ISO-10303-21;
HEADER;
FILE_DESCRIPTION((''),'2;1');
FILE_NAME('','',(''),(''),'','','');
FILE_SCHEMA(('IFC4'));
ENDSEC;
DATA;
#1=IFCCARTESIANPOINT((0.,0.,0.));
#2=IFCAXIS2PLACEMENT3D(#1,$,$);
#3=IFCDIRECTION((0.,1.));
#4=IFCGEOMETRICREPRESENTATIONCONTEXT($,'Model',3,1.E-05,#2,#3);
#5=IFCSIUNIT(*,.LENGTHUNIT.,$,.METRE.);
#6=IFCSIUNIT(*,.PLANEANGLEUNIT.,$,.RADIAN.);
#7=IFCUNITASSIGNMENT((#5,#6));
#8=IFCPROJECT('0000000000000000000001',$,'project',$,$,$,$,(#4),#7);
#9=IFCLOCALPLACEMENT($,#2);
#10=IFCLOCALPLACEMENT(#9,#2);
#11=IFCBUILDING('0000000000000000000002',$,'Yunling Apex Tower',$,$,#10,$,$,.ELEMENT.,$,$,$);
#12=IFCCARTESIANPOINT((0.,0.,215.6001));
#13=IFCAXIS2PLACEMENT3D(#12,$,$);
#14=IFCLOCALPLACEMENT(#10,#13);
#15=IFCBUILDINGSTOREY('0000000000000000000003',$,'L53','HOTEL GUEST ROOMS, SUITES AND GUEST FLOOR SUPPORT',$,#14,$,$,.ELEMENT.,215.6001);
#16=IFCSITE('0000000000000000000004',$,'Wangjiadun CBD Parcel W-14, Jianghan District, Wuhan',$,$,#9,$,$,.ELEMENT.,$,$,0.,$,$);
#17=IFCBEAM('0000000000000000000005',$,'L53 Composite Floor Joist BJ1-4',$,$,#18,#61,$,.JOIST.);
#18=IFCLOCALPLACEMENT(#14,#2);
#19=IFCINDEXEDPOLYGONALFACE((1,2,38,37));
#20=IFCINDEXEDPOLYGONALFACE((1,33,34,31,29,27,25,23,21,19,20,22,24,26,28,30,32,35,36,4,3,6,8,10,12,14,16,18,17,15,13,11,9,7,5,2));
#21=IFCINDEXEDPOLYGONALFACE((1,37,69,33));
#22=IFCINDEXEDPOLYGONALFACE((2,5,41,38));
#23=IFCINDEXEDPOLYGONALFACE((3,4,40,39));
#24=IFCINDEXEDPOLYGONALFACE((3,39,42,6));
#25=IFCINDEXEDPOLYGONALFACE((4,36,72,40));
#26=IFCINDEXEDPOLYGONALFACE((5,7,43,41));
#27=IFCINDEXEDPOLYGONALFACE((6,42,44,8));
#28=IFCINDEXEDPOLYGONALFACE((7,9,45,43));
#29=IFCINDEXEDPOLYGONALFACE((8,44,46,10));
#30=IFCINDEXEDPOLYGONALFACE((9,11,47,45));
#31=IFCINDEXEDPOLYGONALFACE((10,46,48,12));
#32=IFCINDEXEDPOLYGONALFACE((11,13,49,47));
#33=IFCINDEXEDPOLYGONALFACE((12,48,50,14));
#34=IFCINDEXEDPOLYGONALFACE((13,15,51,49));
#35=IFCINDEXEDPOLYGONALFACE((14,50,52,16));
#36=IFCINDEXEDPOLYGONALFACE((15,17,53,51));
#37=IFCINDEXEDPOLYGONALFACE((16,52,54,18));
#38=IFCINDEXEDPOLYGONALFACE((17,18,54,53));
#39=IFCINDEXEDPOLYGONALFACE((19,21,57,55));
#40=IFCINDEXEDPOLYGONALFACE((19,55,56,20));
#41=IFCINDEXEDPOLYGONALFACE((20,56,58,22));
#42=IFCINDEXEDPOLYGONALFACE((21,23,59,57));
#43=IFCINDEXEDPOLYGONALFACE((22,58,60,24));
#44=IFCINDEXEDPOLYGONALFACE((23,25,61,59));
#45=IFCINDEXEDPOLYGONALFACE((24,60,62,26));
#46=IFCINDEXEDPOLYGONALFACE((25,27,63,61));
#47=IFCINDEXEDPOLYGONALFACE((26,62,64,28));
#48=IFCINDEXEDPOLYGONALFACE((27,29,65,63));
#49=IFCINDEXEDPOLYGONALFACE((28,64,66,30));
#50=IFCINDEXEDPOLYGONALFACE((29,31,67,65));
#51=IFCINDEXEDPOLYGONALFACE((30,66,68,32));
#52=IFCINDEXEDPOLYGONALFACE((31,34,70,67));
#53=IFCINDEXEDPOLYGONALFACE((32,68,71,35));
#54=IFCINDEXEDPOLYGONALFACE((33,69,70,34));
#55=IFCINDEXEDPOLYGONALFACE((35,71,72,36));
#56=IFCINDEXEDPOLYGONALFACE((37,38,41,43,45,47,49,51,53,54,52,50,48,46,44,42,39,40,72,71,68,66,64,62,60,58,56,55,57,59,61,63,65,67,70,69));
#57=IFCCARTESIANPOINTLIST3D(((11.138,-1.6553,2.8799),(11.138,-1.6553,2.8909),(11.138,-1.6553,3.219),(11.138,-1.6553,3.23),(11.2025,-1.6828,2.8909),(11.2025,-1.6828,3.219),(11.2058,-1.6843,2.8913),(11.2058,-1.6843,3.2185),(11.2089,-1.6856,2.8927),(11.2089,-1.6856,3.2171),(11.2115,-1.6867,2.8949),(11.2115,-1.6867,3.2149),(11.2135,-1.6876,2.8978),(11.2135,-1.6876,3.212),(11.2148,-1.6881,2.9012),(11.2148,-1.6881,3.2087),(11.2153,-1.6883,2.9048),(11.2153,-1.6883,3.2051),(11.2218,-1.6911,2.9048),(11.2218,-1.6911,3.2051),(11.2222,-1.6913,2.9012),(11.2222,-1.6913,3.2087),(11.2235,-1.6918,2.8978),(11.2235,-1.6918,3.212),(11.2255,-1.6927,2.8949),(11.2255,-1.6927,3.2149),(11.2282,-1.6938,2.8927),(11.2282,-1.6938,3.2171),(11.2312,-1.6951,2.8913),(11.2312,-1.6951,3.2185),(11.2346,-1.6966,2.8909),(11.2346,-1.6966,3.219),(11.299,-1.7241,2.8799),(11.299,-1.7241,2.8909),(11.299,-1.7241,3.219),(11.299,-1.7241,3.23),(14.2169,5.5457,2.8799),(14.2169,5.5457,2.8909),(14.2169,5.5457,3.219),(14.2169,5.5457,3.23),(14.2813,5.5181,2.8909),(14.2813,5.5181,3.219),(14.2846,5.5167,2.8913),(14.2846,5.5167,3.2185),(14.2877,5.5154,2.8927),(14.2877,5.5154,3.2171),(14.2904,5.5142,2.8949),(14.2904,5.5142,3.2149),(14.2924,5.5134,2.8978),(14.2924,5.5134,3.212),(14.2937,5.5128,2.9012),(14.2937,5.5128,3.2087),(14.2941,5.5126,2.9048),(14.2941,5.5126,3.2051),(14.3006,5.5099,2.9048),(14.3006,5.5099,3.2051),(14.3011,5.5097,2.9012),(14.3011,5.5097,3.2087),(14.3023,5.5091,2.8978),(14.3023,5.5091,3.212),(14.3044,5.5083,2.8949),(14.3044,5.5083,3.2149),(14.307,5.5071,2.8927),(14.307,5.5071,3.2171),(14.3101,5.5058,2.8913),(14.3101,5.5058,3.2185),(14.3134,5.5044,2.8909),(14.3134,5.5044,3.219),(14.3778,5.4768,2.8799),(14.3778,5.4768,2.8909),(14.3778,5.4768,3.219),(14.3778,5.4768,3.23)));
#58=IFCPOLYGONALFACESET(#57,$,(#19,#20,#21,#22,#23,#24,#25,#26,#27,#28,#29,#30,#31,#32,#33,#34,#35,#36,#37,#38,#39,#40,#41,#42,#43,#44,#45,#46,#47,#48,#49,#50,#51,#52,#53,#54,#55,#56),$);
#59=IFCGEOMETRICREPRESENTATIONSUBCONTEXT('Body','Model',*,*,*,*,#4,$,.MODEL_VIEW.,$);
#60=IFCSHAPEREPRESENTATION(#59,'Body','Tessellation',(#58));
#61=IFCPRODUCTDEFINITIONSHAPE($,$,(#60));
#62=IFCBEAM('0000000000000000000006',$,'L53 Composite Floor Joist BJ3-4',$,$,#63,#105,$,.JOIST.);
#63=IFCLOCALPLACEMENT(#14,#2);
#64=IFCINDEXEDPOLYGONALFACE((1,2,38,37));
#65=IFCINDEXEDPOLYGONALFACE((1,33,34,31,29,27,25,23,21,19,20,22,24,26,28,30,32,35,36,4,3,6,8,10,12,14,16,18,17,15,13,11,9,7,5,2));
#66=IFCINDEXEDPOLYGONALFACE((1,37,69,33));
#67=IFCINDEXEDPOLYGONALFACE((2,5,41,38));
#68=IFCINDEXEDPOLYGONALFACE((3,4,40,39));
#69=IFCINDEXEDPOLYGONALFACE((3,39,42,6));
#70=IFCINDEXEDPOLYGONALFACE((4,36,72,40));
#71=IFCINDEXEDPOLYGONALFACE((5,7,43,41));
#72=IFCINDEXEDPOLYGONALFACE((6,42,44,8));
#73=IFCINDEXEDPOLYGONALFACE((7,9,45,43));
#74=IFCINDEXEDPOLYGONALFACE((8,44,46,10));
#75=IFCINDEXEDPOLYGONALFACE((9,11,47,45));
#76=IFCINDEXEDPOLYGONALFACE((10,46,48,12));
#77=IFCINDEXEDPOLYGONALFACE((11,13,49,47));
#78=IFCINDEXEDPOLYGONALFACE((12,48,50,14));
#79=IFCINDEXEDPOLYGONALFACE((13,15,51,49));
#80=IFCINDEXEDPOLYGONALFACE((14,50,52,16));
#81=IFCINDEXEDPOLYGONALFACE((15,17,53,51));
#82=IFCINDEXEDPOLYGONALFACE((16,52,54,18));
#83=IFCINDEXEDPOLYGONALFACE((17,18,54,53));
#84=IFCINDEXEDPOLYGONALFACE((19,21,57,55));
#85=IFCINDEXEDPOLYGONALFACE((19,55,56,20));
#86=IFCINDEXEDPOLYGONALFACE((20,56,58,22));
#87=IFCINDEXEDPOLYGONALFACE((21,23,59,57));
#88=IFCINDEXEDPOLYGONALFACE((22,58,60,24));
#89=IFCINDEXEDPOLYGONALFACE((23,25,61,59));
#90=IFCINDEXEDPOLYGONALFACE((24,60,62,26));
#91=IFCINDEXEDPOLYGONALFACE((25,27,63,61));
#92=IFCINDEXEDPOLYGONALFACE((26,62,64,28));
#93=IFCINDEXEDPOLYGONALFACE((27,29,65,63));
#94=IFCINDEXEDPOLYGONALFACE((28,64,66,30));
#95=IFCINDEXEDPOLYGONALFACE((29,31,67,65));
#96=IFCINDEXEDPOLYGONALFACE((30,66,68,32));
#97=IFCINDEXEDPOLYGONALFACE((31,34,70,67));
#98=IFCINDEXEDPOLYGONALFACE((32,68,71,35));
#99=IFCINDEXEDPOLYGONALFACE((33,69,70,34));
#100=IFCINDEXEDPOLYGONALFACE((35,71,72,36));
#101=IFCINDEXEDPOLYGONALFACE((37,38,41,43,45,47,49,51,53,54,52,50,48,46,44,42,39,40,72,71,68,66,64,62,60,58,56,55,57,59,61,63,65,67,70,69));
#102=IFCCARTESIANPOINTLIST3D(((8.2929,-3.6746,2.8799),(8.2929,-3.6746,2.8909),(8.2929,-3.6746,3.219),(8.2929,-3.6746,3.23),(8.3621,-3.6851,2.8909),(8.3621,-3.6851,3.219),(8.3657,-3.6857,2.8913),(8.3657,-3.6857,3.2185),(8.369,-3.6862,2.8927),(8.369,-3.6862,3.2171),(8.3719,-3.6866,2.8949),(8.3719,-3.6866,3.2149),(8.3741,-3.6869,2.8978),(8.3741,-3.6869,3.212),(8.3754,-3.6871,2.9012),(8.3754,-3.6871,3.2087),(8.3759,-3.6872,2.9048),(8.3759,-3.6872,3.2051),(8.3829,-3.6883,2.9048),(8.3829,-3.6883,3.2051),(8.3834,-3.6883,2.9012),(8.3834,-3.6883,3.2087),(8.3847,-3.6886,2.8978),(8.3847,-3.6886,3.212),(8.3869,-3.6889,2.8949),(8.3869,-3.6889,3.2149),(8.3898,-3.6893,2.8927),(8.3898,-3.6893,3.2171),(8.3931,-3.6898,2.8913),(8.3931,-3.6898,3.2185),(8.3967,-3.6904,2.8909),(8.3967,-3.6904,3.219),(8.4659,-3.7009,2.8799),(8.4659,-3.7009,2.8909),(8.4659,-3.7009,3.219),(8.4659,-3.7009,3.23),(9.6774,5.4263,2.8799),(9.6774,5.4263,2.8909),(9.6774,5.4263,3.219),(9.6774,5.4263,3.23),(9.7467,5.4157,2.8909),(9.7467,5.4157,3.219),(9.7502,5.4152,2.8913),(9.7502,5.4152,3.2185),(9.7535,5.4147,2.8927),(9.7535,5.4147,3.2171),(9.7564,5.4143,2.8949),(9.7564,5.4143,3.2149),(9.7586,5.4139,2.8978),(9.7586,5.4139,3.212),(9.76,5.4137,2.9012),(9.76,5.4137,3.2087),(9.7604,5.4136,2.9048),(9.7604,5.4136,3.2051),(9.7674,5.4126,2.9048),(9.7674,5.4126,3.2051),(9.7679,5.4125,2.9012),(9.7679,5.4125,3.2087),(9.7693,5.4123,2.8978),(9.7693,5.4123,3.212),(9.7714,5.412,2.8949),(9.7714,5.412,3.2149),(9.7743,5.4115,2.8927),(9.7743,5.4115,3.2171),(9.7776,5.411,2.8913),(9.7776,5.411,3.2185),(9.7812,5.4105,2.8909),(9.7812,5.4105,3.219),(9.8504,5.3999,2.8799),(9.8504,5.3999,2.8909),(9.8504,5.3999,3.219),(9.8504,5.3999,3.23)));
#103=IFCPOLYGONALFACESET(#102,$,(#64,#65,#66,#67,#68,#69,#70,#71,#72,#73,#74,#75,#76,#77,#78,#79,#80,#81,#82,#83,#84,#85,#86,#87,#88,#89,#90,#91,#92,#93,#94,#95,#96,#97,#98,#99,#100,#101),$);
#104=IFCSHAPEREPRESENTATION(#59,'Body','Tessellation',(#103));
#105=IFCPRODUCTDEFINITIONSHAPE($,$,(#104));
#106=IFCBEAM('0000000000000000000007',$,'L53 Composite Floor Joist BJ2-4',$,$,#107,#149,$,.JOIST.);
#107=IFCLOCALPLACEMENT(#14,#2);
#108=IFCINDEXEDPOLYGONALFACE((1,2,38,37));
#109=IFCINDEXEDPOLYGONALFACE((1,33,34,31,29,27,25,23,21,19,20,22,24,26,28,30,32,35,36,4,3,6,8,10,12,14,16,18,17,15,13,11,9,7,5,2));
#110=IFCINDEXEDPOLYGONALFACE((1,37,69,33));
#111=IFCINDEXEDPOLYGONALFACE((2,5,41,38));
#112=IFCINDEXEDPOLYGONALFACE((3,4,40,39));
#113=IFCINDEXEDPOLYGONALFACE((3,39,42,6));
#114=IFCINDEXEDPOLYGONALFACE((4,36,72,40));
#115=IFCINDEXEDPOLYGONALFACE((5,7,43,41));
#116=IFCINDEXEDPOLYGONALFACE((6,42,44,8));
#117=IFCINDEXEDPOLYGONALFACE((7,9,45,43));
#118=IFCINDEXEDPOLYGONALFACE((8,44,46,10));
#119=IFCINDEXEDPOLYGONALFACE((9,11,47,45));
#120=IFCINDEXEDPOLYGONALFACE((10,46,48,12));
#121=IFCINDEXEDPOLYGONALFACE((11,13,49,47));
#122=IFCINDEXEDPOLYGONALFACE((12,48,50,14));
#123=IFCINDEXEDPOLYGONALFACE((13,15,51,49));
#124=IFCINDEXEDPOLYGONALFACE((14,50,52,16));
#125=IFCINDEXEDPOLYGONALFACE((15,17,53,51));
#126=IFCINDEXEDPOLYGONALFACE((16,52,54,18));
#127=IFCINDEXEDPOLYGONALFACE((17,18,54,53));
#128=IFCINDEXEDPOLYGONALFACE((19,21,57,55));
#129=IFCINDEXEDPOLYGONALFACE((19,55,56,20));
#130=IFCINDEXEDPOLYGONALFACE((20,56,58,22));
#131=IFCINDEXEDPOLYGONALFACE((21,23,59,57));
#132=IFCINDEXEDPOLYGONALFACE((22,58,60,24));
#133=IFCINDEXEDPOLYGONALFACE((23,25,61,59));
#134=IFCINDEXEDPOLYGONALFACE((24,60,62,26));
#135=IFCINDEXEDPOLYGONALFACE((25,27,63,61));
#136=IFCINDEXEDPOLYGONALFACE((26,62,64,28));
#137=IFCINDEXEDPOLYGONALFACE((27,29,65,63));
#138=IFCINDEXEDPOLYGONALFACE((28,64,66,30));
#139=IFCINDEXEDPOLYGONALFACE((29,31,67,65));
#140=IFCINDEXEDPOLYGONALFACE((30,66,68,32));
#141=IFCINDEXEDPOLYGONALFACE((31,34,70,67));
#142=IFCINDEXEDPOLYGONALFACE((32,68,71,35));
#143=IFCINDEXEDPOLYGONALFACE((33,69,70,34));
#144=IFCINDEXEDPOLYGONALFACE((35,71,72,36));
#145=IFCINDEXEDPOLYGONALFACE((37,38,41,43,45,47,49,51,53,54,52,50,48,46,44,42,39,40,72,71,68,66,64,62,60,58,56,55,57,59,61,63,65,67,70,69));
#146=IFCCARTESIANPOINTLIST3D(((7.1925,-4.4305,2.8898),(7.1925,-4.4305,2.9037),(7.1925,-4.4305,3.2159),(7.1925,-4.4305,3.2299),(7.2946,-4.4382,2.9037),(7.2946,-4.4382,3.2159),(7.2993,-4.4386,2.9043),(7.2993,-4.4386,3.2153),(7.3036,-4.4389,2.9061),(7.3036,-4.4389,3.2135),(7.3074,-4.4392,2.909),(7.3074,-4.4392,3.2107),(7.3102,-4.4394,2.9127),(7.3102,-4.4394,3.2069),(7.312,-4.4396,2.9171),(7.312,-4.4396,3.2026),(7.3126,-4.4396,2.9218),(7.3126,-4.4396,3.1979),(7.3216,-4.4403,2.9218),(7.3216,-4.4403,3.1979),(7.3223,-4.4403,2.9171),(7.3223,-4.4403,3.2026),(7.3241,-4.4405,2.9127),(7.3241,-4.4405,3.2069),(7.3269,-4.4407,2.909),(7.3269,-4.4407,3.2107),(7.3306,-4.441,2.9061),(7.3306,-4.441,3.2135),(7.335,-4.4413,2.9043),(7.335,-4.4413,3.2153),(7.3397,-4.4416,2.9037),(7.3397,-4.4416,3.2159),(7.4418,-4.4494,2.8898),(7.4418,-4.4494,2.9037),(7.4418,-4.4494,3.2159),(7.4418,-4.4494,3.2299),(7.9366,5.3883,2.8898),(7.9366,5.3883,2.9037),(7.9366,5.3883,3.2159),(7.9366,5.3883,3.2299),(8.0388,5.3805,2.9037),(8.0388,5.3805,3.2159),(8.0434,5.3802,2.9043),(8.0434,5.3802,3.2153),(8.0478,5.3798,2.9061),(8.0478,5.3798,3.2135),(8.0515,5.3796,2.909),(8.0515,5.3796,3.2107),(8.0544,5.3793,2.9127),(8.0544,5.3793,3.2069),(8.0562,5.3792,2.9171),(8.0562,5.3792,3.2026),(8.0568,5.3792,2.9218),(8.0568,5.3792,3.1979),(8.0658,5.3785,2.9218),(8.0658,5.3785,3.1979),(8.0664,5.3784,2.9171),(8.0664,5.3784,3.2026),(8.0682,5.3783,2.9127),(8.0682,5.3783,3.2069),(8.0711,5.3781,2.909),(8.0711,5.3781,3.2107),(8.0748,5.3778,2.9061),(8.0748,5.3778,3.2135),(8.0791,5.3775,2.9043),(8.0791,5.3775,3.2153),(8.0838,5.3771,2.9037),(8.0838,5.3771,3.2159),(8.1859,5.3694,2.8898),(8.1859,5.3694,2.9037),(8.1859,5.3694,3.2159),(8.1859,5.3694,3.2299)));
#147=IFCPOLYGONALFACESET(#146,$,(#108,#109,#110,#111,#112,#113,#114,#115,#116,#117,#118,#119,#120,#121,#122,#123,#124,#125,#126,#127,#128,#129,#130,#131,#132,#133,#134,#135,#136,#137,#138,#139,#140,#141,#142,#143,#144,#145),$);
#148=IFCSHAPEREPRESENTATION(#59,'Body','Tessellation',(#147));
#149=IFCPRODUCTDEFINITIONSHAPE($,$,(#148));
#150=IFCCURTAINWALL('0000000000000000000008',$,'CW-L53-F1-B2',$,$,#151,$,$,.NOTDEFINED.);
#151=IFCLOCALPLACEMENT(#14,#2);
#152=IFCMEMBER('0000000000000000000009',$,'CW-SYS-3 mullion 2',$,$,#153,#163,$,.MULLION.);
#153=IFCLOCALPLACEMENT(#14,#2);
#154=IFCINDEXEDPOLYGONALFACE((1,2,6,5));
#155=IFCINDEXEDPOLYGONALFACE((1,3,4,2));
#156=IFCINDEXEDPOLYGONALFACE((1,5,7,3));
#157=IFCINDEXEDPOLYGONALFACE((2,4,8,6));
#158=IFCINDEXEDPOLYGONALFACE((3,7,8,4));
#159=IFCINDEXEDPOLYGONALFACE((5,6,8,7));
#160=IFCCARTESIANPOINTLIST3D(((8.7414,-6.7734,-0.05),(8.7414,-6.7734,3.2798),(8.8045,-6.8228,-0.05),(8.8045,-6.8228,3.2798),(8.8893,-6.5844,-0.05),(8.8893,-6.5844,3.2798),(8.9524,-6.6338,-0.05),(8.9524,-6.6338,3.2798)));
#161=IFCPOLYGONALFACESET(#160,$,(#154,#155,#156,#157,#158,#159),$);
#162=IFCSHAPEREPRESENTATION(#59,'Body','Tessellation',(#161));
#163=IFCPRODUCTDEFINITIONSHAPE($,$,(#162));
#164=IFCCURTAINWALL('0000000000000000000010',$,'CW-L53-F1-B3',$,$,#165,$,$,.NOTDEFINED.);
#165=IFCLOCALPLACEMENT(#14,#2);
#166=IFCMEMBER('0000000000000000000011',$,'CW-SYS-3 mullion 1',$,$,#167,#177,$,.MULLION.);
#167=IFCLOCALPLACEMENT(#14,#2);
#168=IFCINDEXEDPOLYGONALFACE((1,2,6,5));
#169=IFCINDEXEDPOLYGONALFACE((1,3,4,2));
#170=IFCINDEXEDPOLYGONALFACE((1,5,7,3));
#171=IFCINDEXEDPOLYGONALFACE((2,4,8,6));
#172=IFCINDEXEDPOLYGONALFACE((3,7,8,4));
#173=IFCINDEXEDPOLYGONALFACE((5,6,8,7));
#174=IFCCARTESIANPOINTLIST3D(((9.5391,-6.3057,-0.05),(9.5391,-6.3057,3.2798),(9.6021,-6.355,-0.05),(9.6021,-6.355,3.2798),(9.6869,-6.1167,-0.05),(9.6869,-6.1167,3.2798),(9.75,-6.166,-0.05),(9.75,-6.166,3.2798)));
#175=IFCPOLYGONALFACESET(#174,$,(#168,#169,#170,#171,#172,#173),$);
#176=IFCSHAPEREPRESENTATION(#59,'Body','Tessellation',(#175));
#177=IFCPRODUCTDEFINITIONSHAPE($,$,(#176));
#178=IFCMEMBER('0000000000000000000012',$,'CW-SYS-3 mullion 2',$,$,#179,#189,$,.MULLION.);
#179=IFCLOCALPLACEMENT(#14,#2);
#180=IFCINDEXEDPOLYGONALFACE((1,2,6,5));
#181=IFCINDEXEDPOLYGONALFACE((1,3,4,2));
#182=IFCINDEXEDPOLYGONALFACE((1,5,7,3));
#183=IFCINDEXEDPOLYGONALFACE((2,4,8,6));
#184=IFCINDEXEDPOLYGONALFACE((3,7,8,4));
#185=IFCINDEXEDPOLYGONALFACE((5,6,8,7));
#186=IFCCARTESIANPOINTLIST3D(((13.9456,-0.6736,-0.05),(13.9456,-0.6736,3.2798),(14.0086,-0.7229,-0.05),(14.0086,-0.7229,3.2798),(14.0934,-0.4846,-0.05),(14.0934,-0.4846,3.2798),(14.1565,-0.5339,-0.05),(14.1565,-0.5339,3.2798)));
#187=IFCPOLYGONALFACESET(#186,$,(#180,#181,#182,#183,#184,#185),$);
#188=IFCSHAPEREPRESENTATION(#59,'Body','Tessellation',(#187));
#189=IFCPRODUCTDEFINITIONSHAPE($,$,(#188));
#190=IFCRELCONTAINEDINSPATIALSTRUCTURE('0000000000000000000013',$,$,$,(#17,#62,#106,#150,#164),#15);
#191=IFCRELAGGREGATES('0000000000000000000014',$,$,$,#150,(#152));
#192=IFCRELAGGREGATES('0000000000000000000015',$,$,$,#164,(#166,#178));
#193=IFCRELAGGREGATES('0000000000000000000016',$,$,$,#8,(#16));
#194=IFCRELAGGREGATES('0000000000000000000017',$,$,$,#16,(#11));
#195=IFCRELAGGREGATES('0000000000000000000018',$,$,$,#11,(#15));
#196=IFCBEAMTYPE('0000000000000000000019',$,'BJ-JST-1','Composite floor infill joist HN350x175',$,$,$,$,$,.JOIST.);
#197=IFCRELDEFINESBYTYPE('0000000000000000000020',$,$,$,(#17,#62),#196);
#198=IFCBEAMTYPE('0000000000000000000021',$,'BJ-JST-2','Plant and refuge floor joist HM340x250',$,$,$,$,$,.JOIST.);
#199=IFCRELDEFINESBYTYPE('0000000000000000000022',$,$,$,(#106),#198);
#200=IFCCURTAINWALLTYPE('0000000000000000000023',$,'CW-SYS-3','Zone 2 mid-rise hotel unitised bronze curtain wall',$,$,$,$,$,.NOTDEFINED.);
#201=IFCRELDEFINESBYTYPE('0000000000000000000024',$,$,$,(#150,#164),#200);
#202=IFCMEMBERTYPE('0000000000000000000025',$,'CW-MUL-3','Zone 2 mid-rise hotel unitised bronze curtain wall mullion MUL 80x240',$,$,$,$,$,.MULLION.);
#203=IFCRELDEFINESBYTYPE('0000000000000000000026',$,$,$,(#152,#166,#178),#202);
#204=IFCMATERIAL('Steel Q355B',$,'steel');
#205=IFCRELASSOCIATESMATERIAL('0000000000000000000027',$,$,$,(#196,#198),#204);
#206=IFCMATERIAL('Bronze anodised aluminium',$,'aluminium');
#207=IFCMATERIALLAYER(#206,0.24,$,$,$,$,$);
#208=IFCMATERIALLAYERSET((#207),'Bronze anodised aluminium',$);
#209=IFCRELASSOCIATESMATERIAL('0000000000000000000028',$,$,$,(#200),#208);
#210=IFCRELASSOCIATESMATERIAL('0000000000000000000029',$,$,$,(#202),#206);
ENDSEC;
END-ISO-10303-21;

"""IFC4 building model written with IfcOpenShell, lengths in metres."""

from ifc_helpers import new_model, si_unit, direction, frame, origin, origin_2d, place, context, subcontext, project, spatial, rectangle, i_section, extrude, source, transform, mapped, material, layer, layer_set, material_profile, profile_set, type_object, element, aggregate, save


model = new_model("IFC4")

# Units and contexts
model_context = context("Model", 3, precision=1e-05, world=origin(), true_north=direction((0.0, 1.0)))
body_context = subcontext(model_context, "Body", "Model", "MODEL_VIEW")
ifc_project = project(units=[si_unit("LENGTHUNIT", "METRE"), si_unit("PLANEANGLEUNIT", "RADIAN")], contexts=[model_context])

# Site, building, storey
site_placement = place(None, origin())
site = spatial("IfcSite", under=ifc_project, at=site_placement, Name="Wangjiadun CBD Parcel W-14, Jianghan District, Wuhan", CompositionType="ELEMENT", RefElevation=0.0)
building_placement = place(site_placement, origin())
building = spatial("IfcBuilding", under=site, at=building_placement, Name="Yunling Apex Tower", CompositionType="ELEMENT")
storey_placement = place(building_placement, frame((0.0, 0.0, 215.6001)))
storey = spatial("IfcBuildingStorey", under=building, at=storey_placement, Name="L53", Description="HOTEL GUEST ROOMS, SUITES AND GUEST FLOOR SUPPORT", CompositionType="ELEMENT", Elevation=215.6001)

# Beams
ifc_material_1 = material(Name="Steel Q355B", Category="steel")
ifc_material_profile_1 = material_profile(ifc_material_1, i_section(OverallWidth=0.175, OverallDepth=0.3501, WebThickness=0.0071, FlangeThickness=0.011, FilletRadius=0.0139, at=origin_2d()))
ifc_profile_set_1 = profile_set([ifc_material_profile_1], Name="Steel Q355B")
beam_type_1 = type_object("IfcBeamType", Name="BJ-JST-1", Description="Composite floor infill joist HN350x175", PredefinedType="JOIST", material=ifc_profile_set_1)
shared_shape_1 = source(origin(), body_context, "Body", "SweptSolid", [
    extrude(i_section(OverallWidth=0.175, OverallDepth=0.3501, WebThickness=0.0071, FlangeThickness=0.011, FilletRadius=0.0139, at=origin_2d()), origin(), (0.0, 0.0, 1.0), 7.8315),
])
beam_1_placement = place(storey_placement, frame((11.2185, -1.6897, 3.0549), z_axis=(0.393137, 0.91948, 0.0), x_axis=(-0.91948, 0.393137, 0.0)))
element("IfcBeam", 1, at=beam_1_placement, inside=storey, type_object=beam_type_1, Name="L53 Composite Floor Joist BJ1-4", PredefinedType="JOIST", context=body_context, shape_type="MappedRepresentation", body=[
    mapped(shared_shape_1, transform((0.0, 0.0, 0.0), scale=1.0)),
])
shared_shape_2 = source(origin(), body_context, "Body", "SweptSolid", [
    extrude(i_section(OverallWidth=0.175, OverallDepth=0.3501, WebThickness=0.0071, FlangeThickness=0.011, FilletRadius=0.0139, at=origin_2d()), origin(), (0.0, 0.0, 1.0), 9.2056),
])
beam_2_placement = place(storey_placement, frame((8.3794, -3.6877, 3.0549), z_axis=(0.150401, 0.988625, 0.0), x_axis=(-0.988625, 0.150401, 0.0)))
element("IfcBeam", 2, at=beam_2_placement, inside=storey, type_object=beam_type_1, Name="L53 Composite Floor Joist BJ3-4", PredefinedType="JOIST", context=body_context, shape_type="MappedRepresentation", body=[
    mapped(shared_shape_2, transform((0.0, 0.0, 0.0), scale=1.0)),
])
ifc_material_profile_2 = material_profile(ifc_material_1, i_section(OverallWidth=0.25, OverallDepth=0.3401, WebThickness=0.009, FlangeThickness=0.0139, FilletRadius=0.0181, at=origin_2d()))
ifc_profile_set_2 = profile_set([ifc_material_profile_2], Name="Steel Q355B")
beam_type_2 = type_object("IfcBeamType", Name="BJ-JST-2", Description="Plant and refuge floor joist HM340x250", PredefinedType="JOIST", material=ifc_profile_set_2)
shared_shape_3 = source(origin(), body_context, "Body", "SweptSolid", [
    extrude(i_section(OverallWidth=0.25, OverallDepth=0.3401, WebThickness=0.009, FlangeThickness=0.0139, FilletRadius=0.0181, at=origin_2d()), origin(), (0.0, 0.0, 1.0), 9.8469),
])
beam_3_placement = place(storey_placement, frame((7.3171, -4.4399, 3.0598), z_axis=(0.07557, 0.99714, 0.0), x_axis=(-0.99714, 0.07557, 0.0)))
element("IfcBeam", 3, at=beam_3_placement, inside=storey, type_object=beam_type_2, Name="L53 Composite Floor Joist BJ2-4", PredefinedType="JOIST", context=body_context, shape_type="MappedRepresentation", body=[
    mapped(shared_shape_3, transform((0.0, 0.0, 0.0), scale=1.0)),
])

# Curtain wall, member
ifc_material_2 = material(Name="Bronze anodised aluminium", Category="aluminium")
ifc_layer_1 = layer(ifc_material_2, 0.24)
ifc_layer_set_1 = layer_set([ifc_layer_1], Name="Bronze anodised aluminium")
curtain_wall_type = type_object("IfcCurtainWallType", Name="CW-SYS-3", Description="Zone 2 mid-rise hotel unitised bronze curtain wall", PredefinedType="NOTDEFINED", material=ifc_layer_set_1)
curtain_wall_1_placement = place(storey_placement, origin())
curtain_wall_1 = element("IfcCurtainWall", 4, at=curtain_wall_1_placement, inside=storey, type_object=curtain_wall_type, Name="CW-L53-F1-B2", PredefinedType="NOTDEFINED")
ifc_material_profile_3 = material_profile(ifc_material_2, rectangle(XDim=0.0801, YDim=0.24, at=origin_2d()))
ifc_profile_set_3 = profile_set([ifc_material_profile_3], Name="Bronze anodised aluminium")
member_type_1 = type_object("IfcMemberType", Name="CW-MUL-3", Description="Zone 2 mid-rise hotel unitised bronze curtain wall mullion MUL 80x240", PredefinedType="MULLION", material=ifc_profile_set_3)
shared_shape_4 = source(origin(), body_context, "Body", "SweptSolid", [
    extrude(rectangle(XDim=0.0801, YDim=0.24, at=origin_2d()), origin(), (0.0, 0.0, 1.0), 3.3298),
])
member_1_placement = place(storey_placement, frame((8.8469, -6.7036, -0.05), z_axis=(0.0, 0.0, 1.0), x_axis=(-0.787576, 0.616217, 0.0)))
member_1 = element("IfcMember", 5, at=member_1_placement, type_object=member_type_1, Name="CW-SYS-3 mullion 2", PredefinedType="MULLION", context=body_context, shape_type="MappedRepresentation", body=[
    mapped(shared_shape_4, transform((0.0, 0.0, 0.0), scale=1.0)),
])

# Curtain wall, members
curtain_wall_2_placement = place(storey_placement, origin())
curtain_wall_2 = element("IfcCurtainWall", 6, at=curtain_wall_2_placement, inside=storey, type_object=curtain_wall_type, Name="CW-L53-F1-B3", PredefinedType="NOTDEFINED")
member_2_placement = place(storey_placement, frame((9.6445, -6.2358, -0.05), z_axis=(0.0, 0.0, 1.0), x_axis=(-0.787589, 0.6162, 0.0)))
member_2 = element("IfcMember", 7, at=member_2_placement, type_object=member_type_1, Name="CW-SYS-3 mullion 1", PredefinedType="MULLION", context=body_context, shape_type="MappedRepresentation", body=[
    mapped(shared_shape_4, transform((0.0, 0.0, 0.0), scale=1.0)),
])
member_3_placement = place(storey_placement, frame((14.051, -0.6038, -0.05), z_axis=(0.0, 0.0, 1.0), x_axis=(-0.787589, 0.6162, 0.0)))
member_3 = element("IfcMember", 8, at=member_3_placement, type_object=member_type_1, Name="CW-SYS-3 mullion 2", PredefinedType="MULLION", context=body_context, shape_type="MappedRepresentation", body=[
    mapped(shared_shape_4, transform((0.0, 0.0, 0.0), scale=1.0)),
])

aggregate(curtain_wall_1, [member_1])
aggregate(curtain_wall_2, [member_2, member_3])

save(model, "model.ifc")
